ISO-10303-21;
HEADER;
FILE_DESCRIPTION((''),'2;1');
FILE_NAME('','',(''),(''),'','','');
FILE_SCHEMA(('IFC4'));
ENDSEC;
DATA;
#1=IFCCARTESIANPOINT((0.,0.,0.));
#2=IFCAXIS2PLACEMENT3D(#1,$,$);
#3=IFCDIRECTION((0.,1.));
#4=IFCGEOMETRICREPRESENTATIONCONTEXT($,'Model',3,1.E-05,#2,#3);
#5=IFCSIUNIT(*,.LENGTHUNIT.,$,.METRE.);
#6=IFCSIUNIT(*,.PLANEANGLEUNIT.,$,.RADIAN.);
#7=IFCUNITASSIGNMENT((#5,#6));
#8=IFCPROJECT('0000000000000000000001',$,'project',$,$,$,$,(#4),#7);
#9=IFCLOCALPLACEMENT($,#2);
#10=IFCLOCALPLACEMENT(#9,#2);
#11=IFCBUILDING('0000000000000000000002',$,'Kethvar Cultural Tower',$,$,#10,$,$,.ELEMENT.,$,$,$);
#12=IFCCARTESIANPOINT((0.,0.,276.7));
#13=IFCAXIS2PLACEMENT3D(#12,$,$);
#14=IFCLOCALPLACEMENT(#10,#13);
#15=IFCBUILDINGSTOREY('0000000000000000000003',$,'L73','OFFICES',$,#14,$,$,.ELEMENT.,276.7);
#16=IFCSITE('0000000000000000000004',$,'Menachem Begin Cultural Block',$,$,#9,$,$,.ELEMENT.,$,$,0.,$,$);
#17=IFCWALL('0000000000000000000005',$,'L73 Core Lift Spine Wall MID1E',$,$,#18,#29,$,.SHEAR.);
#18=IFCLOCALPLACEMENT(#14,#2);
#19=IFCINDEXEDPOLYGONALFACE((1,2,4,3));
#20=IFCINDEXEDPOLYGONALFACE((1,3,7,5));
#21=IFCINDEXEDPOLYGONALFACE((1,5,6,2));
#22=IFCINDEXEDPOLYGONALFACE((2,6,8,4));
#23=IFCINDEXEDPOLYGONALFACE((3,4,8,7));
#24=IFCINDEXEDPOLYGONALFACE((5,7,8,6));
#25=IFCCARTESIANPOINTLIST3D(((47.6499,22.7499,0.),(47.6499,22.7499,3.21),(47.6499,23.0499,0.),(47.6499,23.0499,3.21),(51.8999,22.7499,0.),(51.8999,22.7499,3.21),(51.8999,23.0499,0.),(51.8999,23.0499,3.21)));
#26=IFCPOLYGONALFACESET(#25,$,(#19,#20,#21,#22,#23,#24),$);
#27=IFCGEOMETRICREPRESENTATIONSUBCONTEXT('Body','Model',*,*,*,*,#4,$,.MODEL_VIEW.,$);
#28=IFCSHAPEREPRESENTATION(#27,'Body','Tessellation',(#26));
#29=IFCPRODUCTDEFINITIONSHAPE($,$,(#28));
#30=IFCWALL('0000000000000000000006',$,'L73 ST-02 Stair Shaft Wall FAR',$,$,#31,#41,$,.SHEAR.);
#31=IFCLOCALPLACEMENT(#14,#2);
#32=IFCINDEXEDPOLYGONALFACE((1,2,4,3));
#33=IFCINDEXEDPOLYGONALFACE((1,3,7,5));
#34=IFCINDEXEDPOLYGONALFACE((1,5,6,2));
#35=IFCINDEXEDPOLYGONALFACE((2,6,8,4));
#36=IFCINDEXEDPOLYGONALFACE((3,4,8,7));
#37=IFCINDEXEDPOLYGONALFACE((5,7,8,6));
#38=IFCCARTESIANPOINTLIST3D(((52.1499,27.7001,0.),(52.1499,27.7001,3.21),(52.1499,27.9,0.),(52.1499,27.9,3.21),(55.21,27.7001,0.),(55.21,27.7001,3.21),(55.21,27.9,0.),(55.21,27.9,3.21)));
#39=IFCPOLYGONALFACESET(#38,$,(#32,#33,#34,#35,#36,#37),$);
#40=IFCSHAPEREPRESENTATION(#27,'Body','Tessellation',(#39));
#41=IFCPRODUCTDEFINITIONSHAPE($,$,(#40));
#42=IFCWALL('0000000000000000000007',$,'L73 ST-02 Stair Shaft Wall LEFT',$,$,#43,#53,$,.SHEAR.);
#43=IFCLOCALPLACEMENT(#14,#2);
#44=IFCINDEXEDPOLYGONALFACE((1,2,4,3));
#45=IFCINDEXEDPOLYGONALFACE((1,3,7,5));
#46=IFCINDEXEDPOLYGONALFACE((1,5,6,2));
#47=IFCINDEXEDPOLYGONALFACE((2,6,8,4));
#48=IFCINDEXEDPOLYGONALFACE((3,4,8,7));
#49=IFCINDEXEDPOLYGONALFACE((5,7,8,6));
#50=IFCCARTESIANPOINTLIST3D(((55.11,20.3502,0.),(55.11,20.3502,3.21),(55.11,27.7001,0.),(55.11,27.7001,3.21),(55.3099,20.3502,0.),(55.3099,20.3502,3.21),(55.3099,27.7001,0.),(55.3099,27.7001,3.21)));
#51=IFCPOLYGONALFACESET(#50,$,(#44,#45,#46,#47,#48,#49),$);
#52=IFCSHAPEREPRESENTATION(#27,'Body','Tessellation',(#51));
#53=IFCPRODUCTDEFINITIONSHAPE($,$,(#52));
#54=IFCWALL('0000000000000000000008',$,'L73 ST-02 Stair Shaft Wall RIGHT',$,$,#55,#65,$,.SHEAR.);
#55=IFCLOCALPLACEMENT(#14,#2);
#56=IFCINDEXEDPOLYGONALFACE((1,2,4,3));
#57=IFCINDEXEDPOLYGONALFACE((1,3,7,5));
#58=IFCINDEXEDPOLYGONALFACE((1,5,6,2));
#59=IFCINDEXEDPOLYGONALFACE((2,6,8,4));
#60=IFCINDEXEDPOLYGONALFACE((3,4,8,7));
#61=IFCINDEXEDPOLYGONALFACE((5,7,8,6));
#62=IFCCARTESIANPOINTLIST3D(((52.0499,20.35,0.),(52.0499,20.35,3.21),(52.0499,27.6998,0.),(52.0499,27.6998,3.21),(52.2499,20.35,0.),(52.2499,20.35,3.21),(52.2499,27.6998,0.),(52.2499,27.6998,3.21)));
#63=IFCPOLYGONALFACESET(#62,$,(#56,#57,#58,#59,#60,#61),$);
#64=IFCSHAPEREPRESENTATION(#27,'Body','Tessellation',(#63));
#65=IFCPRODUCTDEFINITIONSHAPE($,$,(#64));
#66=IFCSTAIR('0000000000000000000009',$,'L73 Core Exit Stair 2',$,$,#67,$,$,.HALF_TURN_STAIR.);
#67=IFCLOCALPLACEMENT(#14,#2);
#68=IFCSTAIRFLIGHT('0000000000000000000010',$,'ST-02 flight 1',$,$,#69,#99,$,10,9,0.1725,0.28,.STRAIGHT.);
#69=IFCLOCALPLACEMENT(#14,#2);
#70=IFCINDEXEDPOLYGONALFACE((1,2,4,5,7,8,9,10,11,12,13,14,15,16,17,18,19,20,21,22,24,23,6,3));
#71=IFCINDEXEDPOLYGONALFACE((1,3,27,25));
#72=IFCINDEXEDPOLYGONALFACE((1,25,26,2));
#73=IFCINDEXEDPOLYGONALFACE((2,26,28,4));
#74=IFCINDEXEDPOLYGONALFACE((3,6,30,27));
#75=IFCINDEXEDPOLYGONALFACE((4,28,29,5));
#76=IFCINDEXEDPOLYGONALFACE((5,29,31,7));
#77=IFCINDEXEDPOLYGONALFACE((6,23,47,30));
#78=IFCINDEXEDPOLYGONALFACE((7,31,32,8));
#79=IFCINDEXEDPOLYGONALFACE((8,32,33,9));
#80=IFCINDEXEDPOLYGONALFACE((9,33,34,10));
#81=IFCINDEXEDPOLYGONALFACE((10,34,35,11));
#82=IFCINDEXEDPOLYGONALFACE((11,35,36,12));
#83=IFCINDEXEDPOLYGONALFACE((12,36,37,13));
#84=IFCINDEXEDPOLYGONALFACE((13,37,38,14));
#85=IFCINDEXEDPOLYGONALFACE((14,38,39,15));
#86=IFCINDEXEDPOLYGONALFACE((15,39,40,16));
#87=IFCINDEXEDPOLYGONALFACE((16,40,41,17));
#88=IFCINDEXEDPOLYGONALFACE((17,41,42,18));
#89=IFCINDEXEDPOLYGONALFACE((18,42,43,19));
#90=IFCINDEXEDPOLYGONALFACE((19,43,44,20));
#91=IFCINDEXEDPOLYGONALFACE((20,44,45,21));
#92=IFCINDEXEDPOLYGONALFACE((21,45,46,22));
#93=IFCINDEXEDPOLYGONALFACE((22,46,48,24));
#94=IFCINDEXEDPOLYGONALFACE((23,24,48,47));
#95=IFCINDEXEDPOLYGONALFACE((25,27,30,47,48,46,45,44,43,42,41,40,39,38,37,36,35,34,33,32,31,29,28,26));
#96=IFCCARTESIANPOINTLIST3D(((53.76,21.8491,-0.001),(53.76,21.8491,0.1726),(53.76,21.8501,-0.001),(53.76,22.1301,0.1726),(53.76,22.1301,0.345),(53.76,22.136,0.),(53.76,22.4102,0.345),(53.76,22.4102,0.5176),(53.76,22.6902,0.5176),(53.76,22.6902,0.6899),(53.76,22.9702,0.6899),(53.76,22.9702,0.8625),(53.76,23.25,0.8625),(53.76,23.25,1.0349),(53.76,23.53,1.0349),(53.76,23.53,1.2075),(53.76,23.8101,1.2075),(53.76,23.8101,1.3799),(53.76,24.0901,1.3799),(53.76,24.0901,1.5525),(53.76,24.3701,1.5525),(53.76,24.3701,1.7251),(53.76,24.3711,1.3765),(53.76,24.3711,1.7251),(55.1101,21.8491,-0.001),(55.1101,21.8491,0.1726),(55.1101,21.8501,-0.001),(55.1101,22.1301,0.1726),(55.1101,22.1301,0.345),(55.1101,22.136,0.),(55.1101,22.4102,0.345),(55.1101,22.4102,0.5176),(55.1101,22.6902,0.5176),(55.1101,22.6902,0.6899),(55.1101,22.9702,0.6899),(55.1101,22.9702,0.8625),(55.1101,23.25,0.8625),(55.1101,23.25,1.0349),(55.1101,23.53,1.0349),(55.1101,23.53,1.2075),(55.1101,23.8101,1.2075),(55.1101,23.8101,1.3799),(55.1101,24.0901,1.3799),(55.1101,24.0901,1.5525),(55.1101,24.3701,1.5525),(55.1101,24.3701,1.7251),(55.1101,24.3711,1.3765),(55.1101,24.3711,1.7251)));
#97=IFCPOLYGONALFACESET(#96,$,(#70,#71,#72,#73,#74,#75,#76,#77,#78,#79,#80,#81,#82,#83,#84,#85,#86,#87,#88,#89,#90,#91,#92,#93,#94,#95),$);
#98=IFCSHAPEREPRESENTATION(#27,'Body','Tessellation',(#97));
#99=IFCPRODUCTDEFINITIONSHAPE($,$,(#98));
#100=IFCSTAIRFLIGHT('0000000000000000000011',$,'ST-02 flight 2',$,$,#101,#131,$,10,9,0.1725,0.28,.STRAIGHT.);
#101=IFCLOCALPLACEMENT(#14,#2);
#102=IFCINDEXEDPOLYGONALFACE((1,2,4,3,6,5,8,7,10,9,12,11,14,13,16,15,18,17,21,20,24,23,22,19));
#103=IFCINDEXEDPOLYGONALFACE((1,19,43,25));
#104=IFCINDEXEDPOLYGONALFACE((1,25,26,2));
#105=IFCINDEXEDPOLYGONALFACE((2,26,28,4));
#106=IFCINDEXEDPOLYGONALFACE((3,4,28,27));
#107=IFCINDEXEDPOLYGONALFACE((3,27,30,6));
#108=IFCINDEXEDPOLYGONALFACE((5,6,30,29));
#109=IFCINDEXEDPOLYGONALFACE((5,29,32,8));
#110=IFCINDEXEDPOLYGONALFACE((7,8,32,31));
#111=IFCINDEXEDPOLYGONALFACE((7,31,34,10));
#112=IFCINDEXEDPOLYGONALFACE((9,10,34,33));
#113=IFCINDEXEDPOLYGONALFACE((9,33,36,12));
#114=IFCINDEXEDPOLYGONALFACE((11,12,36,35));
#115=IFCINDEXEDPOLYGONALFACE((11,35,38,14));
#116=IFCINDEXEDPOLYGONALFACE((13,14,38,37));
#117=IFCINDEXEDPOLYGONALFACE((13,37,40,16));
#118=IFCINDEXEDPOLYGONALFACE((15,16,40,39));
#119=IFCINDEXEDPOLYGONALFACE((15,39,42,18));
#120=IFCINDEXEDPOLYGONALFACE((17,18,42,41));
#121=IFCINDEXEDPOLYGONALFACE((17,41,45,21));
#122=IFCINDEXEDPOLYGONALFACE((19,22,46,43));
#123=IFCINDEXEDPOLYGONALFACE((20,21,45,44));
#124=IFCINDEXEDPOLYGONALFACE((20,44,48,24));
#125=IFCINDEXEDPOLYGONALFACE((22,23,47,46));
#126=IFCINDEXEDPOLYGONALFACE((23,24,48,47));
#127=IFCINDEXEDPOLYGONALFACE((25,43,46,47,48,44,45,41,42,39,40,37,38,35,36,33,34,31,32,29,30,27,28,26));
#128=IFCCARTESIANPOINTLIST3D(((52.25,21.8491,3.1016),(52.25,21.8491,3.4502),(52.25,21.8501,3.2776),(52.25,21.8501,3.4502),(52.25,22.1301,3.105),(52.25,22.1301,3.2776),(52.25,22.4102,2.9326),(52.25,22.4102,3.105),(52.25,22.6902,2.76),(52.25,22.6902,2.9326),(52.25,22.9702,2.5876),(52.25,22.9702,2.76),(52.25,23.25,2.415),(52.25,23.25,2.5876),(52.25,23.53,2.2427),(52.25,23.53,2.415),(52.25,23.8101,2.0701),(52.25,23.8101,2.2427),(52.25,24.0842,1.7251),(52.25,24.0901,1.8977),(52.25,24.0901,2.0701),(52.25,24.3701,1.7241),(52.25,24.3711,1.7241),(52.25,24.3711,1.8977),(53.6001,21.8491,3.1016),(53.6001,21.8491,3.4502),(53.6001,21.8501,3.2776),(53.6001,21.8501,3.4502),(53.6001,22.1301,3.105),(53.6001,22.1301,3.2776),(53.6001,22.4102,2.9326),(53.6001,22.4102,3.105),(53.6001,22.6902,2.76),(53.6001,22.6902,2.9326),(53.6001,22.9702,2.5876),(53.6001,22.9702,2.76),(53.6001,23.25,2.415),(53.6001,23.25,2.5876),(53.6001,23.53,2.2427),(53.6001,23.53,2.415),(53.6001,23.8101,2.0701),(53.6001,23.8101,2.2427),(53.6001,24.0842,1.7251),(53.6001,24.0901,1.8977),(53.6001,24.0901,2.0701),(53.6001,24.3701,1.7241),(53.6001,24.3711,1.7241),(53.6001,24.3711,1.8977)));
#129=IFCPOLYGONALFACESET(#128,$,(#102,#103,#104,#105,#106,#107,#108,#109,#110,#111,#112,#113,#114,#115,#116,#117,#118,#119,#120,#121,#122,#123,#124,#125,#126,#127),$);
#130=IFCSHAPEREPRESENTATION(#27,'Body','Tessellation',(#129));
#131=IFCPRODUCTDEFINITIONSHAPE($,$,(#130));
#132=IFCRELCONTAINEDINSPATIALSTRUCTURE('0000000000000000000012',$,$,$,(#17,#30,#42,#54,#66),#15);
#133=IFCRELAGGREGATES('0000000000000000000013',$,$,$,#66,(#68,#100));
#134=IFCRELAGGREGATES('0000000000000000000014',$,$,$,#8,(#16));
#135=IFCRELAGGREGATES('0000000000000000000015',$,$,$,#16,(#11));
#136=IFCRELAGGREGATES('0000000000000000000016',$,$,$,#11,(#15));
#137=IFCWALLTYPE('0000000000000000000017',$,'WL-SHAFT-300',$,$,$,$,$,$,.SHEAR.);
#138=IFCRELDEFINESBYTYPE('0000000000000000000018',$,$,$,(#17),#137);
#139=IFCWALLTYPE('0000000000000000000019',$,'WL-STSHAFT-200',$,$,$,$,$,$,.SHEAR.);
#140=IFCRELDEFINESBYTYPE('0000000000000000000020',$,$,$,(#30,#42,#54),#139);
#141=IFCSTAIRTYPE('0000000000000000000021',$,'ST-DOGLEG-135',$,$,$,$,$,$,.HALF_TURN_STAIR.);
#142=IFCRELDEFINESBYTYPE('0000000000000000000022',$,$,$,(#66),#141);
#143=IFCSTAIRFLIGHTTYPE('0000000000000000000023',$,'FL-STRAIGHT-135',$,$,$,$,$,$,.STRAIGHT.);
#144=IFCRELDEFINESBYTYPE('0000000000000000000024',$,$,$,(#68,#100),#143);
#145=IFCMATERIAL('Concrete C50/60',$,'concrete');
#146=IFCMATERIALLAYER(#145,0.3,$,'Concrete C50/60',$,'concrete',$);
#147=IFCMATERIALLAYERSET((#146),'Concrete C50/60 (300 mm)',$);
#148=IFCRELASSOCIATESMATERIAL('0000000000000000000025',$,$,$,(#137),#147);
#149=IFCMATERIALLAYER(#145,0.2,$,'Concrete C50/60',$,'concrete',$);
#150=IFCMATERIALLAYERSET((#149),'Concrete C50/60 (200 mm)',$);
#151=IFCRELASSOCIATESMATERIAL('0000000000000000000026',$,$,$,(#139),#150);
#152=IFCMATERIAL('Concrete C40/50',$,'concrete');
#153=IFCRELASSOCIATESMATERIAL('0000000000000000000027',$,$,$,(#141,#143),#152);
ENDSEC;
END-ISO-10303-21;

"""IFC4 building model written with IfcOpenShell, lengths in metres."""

from ifc_helpers import new_model, si_unit, direction, frame, frame_2d, origin, place, context, subcontext, project, spatial, polyline, rectangle, outline, extrude, material, layer, layer_set, type_object, element, aggregate, save


model = new_model("IFC4")

# Units and contexts
model_context = context("Model", 3, precision=1e-05, world=origin(), true_north=direction((0.0, 1.0)))
body_context = subcontext(model_context, "Body", "Model", "MODEL_VIEW")
ifc_project = project(units=[si_unit("LENGTHUNIT", "METRE"), si_unit("PLANEANGLEUNIT", "RADIAN")], contexts=[model_context])

# Site, building, storey
site_placement = place(None, origin())
site = spatial("IfcSite", under=ifc_project, at=site_placement, Name="Menachem Begin Cultural Block", CompositionType="ELEMENT", RefElevation=0.0)
building_placement = place(site_placement, origin())
building = spatial("IfcBuilding", under=site, at=building_placement, Name="Kethvar Cultural Tower", CompositionType="ELEMENT")
storey_placement = place(building_placement, frame((0.0, 0.0, 276.7)))
storey = spatial("IfcBuildingStorey", under=building, at=storey_placement, Name="L73", Description="OFFICES", CompositionType="ELEMENT", Elevation=276.7)

# Shared definitions
ifc_material_1 = material(Name="Concrete C50/60", Category="concrete")

# Wall
ifc_layer_1 = layer(ifc_material_1, 0.3, Name="Concrete C50/60", Category="concrete")
ifc_layer_set_1 = layer_set([ifc_layer_1], Name="Concrete C50/60 (300 mm)")
wall_type_1 = type_object("IfcWallType", Name="WL-SHAFT-300", PredefinedType="SHEAR", material=ifc_layer_set_1)
wall_1_placement = place(storey_placement, frame((47.6499, 22.8999, 0.0), z_axis=(0.0, 0.0, 1.0), x_axis=(1.0, 0.0, 0.0)))
element("IfcWall", 1, at=wall_1_placement, inside=storey, type_object=wall_type_1, Name="L73 Core Lift Spine Wall MID1E", PredefinedType="SHEAR", context=body_context, shape_type="SweptSolid", body=[
    extrude(rectangle(XDim=4.25, YDim=0.3, at=frame_2d((2.125, 0.0))), origin(), (0.0, 0.0, 1.0), 3.21),
])

# Walls
ifc_layer_2 = layer(ifc_material_1, 0.2, Name="Concrete C50/60", Category="concrete")
ifc_layer_set_2 = layer_set([ifc_layer_2], Name="Concrete C50/60 (200 mm)")
wall_type_2 = type_object("IfcWallType", Name="WL-STSHAFT-200", PredefinedType="SHEAR", material=ifc_layer_set_2)
wall_2_placement = place(storey_placement, frame((52.1499, 27.8, 0.0), z_axis=(0.0, 0.0, 1.0), x_axis=(1.0, 0.0, 0.0)))
element("IfcWall", 2, at=wall_2_placement, inside=storey, type_object=wall_type_2, Name="L73 ST-02 Stair Shaft Wall FAR", PredefinedType="SHEAR", context=body_context, shape_type="SweptSolid", body=[
    extrude(rectangle(XDim=3.0601, YDim=0.2, at=frame_2d((1.53, 0.0))), origin(), (0.0, 0.0, 1.0), 3.21),
])
for number, where, z_axis, x_axis, name in (
    (3, (55.21, 27.7, 0.0), (0.0, 0.0, 1.0), (0.0, -1.0, 0.0), "L73 ST-02 Stair Shaft Wall LEFT"),
    (4, (52.1499, 20.3501, 0.0), (0.0, 0.0, 1.0), (0.0, 1.0, 0.0), "L73 ST-02 Stair Shaft Wall RIGHT"),
):
    element("IfcWall", number, at=place(storey_placement, frame(where, z_axis=z_axis, x_axis=x_axis)), inside=storey, type_object=wall_type_2, Name=name, PredefinedType="SHEAR", context=body_context, shape_type="SweptSolid", body=[
        extrude(rectangle(XDim=7.3499, YDim=0.2, at=frame_2d((3.6748, 0.0))), origin(), (0.0, 0.0, 1.0), 3.21),
    ])

# Stair, stair flights
ifc_material_2 = material(Name="Concrete C40/50", Category="concrete")
stair_type = type_object("IfcStairType", Name="ST-DOGLEG-135", PredefinedType="HALF_TURN_STAIR", material=ifc_material_2)
stair_placement = place(storey_placement, origin())
stair = element("IfcStair", 5, at=stair_placement, inside=storey, type_object=stair_type, Name="L73 Core Exit Stair 2", PredefinedType="HALF_TURN_STAIR")
stair_flight_type = type_object("IfcStairFlightType", Name="FL-STRAIGHT-135", PredefinedType="STRAIGHT", material=ifc_material_2)
stair_flight_1_placement = place(storey_placement, frame((54.4351, 21.8501, 0.0), z_axis=(0.0, 0.0, 1.0), x_axis=(0.0, 1.0, 0.0)))
stair_flight_1 = element("IfcStairFlight", 6, at=stair_flight_1_placement, type_object=stair_flight_type, Name="ST-02 flight 1", NumberOfRisers=10, NumberOfTreads=9, PredefinedType="STRAIGHT", RiserHeight=0.1725, TreadLength=0.28, context=body_context, shape_type="SweptSolid", body=[
    extrude(outline(polyline([(-0.001, -0.001), (-0.001, 0.1726), (0.28, 0.1726), (0.28, 0.345), (0.5601, 0.345), (0.5601, 0.5176), (0.8401, 0.5176), (0.8401, 0.6899), (1.1201, 0.6899), (1.1201, 0.8625), (1.3999, 0.8625), (1.3999, 1.0349), (1.6799, 1.0349), (1.6799, 1.2075), (1.96, 1.2075), (1.96, 1.3799), (2.24, 1.3799), (2.24, 1.5525), (2.52, 1.5525), (2.52, 1.7251), (2.521, 1.7251), (2.521, 1.3765), (0.2859, 0.0), (0.0, -0.001), (-0.001, -0.001)])), frame((0.0, 0.675, 0.0), z_axis=(0.0, -1.0, 0.0), x_axis=(1.0, 0.0, 0.0)), (0.0, 0.0, 1.0), 1.3501),
])
stair_flight_2_placement = place(storey_placement, frame((52.925, 24.3701, 1.7251), z_axis=(0.0, 0.0, 1.0), x_axis=(0.0, -1.0, 0.0)))
stair_flight_2 = element("IfcStairFlight", 7, at=stair_flight_2_placement, type_object=stair_flight_type, Name="ST-02 flight 2", NumberOfRisers=10, NumberOfTreads=9, PredefinedType="STRAIGHT", RiserHeight=0.1725, TreadLength=0.28, context=body_context, shape_type="SweptSolid", body=[
    extrude(outline(polyline([(-0.001, -0.001), (-0.001, 0.1726), (0.28, 0.1726), (0.28, 0.345), (0.5601, 0.345), (0.5601, 0.5176), (0.8401, 0.5176), (0.8401, 0.6899), (1.1201, 0.6899), (1.1201, 0.8625), (1.3999, 0.8625), (1.3999, 1.0349), (1.6799, 1.0349), (1.6799, 1.2075), (1.96, 1.2075), (1.96, 1.3799), (2.24, 1.3799), (2.24, 1.5525), (2.52, 1.5525), (2.52, 1.7251), (2.521, 1.7251), (2.521, 1.3765), (0.2859, 0.0), (0.0, -0.001), (-0.001, -0.001)])), frame((0.0, 0.675, 0.0), z_axis=(0.0, -1.0, 0.0), x_axis=(1.0, 0.0, 0.0)), (0.0, 0.0, 1.0), 1.3501),
])
aggregate(stair, [stair_flight_1, stair_flight_2])

save(model, "model.ifc")
